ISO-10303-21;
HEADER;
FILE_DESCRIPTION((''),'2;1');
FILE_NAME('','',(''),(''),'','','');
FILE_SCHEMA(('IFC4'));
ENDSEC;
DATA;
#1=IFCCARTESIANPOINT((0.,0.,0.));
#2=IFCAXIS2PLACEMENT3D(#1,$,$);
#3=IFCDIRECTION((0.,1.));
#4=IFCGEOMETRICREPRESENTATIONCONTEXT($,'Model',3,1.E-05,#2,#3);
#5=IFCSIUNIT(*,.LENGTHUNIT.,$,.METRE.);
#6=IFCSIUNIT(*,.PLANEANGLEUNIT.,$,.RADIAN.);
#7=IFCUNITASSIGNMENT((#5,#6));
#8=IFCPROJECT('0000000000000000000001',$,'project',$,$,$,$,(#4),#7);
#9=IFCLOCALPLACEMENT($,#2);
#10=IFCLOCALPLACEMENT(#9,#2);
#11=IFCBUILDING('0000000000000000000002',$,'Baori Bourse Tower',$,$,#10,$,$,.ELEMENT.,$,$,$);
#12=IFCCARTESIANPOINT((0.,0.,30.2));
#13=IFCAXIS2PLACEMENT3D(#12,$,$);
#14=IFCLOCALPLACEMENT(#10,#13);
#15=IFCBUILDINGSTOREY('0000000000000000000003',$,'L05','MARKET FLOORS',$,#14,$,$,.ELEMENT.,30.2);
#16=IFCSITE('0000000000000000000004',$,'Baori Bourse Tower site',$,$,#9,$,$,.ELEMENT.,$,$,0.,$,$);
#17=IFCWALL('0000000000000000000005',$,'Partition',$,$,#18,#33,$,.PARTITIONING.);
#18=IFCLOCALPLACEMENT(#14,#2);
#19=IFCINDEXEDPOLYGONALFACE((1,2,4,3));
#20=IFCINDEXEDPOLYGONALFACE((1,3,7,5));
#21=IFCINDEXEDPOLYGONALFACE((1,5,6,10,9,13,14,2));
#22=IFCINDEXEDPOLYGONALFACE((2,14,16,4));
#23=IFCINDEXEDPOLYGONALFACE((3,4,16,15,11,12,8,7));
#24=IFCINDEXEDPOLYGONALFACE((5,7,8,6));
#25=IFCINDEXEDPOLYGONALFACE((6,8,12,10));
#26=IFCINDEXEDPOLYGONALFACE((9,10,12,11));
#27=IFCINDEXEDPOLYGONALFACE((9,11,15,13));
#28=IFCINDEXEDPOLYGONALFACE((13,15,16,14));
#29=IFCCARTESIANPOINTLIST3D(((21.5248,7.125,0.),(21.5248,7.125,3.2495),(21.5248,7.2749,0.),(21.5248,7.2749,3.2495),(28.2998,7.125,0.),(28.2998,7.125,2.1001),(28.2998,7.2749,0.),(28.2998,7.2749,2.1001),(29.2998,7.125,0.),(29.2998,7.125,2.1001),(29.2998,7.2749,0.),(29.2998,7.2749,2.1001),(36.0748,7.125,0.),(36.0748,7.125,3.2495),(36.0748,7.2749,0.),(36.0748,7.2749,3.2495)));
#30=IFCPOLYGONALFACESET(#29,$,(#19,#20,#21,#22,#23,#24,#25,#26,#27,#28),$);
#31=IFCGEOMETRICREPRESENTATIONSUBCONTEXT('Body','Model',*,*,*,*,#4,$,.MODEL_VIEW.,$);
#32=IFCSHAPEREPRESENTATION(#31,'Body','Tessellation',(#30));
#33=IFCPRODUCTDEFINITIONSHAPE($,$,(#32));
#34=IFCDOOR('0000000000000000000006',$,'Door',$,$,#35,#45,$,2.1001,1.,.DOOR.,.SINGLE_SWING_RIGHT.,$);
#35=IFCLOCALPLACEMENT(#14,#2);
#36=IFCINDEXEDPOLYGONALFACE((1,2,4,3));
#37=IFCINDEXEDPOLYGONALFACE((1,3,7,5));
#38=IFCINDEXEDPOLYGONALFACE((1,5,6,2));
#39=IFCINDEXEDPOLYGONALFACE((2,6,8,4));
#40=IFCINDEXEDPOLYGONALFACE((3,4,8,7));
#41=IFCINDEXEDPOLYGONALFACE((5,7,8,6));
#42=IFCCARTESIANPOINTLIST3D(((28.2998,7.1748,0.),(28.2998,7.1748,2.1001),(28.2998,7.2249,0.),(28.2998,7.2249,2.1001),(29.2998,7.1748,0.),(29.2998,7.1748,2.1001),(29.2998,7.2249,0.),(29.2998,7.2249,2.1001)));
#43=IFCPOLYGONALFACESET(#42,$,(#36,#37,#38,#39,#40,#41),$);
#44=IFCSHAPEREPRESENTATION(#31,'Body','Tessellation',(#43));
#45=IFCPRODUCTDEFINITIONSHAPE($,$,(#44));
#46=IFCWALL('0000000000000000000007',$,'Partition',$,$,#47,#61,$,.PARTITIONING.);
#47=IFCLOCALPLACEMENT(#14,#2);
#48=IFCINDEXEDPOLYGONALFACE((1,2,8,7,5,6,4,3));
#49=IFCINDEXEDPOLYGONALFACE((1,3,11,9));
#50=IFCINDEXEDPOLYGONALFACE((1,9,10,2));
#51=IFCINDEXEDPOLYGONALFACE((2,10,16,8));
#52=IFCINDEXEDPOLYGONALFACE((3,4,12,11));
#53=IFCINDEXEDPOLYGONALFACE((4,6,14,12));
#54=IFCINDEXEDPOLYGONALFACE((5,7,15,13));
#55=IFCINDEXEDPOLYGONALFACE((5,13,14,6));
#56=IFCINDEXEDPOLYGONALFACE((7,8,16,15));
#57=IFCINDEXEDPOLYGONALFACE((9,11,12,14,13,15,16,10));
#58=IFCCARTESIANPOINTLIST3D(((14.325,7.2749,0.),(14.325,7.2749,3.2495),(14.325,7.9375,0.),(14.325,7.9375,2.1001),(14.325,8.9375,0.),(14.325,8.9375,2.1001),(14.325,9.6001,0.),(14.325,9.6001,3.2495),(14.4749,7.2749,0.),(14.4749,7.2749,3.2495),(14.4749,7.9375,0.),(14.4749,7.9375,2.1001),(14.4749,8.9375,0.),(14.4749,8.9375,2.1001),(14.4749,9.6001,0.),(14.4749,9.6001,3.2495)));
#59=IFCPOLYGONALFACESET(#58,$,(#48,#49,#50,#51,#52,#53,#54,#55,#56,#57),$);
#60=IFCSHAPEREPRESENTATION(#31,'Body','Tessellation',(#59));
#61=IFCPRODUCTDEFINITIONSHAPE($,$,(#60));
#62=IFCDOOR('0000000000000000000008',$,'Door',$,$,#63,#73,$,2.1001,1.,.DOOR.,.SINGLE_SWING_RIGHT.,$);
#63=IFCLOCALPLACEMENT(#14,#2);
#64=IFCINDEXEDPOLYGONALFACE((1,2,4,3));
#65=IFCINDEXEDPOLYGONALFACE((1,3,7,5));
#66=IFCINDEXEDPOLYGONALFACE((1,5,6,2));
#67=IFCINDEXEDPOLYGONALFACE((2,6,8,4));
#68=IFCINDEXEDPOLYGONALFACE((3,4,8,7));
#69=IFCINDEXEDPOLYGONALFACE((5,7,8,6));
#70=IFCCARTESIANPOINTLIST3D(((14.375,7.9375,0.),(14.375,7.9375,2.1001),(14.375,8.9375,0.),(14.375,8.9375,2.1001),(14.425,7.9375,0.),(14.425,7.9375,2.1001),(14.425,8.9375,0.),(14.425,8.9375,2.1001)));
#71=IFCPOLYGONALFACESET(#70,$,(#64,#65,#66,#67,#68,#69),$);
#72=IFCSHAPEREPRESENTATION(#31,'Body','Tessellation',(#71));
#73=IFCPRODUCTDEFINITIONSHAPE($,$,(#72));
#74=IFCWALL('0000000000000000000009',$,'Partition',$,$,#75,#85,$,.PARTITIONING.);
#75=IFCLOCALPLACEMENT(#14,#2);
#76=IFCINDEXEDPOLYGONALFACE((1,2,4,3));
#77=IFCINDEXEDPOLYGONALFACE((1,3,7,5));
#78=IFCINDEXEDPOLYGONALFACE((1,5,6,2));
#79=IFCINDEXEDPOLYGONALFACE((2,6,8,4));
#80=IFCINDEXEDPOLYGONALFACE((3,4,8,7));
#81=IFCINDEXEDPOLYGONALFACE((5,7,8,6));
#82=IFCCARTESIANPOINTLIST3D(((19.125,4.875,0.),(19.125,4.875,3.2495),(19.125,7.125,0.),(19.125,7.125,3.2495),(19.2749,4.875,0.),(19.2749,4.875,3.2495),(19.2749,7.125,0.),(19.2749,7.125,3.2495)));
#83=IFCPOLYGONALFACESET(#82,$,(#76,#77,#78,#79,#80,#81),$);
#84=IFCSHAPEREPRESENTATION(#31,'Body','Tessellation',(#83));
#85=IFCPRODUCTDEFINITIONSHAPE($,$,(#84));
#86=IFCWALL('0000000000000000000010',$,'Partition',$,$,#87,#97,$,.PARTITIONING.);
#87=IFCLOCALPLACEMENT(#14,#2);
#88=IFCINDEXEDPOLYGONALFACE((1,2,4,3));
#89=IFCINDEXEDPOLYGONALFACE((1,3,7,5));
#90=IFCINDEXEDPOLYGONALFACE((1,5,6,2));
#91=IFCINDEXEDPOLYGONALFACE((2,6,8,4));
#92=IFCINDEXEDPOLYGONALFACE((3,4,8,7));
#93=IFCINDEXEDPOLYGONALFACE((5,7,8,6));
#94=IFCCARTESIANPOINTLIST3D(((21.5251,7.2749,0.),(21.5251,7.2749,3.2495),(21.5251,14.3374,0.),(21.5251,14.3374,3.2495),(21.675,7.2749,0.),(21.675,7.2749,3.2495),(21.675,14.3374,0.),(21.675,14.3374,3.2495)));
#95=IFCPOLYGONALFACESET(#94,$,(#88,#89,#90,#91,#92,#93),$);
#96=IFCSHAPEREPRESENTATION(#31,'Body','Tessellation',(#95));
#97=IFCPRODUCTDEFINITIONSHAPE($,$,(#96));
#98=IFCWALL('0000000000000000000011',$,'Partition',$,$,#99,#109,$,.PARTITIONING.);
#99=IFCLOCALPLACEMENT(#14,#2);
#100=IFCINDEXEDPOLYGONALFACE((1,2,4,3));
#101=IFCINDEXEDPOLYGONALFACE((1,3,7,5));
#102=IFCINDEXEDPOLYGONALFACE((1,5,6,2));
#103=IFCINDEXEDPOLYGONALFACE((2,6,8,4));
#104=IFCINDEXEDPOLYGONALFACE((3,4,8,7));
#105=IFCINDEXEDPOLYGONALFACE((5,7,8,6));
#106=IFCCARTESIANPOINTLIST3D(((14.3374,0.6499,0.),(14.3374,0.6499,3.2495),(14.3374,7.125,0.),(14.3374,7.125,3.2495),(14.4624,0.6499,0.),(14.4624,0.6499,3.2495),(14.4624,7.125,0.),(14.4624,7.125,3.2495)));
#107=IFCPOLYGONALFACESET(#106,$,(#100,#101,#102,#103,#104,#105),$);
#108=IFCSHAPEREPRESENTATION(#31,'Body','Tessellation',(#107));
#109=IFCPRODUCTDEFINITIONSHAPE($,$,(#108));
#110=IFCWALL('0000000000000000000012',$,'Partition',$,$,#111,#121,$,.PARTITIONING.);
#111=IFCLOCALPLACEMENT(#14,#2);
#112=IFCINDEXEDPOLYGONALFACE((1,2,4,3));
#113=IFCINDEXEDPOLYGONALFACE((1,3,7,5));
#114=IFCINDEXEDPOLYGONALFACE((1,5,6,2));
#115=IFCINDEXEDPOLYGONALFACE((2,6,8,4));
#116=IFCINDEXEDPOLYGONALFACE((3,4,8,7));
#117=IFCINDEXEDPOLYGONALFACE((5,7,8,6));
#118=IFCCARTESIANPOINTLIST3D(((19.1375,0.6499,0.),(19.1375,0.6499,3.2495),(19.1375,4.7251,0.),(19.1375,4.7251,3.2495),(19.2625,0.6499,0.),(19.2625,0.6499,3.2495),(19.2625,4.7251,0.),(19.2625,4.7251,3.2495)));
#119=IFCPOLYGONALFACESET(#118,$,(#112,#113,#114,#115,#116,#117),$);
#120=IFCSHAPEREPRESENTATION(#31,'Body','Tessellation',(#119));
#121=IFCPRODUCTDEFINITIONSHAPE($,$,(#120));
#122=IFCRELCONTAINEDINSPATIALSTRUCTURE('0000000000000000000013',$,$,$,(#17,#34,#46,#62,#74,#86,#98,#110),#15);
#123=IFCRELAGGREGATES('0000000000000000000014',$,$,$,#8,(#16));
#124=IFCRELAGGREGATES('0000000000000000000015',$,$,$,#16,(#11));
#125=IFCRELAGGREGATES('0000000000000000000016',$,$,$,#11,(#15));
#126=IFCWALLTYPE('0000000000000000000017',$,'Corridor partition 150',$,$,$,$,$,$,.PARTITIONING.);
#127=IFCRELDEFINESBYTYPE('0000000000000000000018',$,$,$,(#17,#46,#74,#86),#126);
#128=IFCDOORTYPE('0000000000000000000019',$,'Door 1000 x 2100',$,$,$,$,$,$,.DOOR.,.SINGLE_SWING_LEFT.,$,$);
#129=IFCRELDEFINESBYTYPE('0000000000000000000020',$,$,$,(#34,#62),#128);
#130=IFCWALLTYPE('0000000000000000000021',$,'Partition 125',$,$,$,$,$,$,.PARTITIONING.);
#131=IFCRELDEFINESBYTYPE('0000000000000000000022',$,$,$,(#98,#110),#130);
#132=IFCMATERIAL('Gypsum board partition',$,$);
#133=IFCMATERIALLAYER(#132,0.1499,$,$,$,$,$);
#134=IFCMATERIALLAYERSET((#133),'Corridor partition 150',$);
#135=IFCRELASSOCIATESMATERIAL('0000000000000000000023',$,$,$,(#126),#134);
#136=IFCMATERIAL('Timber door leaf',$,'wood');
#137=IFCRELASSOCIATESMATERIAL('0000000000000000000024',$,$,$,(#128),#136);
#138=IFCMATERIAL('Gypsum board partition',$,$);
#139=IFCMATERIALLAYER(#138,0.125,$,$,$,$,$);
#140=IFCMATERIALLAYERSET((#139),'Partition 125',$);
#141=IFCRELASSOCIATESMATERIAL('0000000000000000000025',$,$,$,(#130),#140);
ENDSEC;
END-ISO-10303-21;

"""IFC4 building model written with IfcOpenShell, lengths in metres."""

from ifc_helpers import new_model, si_unit, direction, frame, frame_2d, origin, place, context, subcontext, project, spatial, rectangle, extrude, material, layer, layer_set, type_object, element, fill, save


model = new_model("IFC4")

# Units and contexts
model_context = context("Model", 3, precision=1e-05, world=origin(), true_north=direction((0.0, 1.0)))
body_context = subcontext(model_context, "Body", "Model", "MODEL_VIEW")
ifc_project = project(units=[si_unit("LENGTHUNIT", "METRE"), si_unit("PLANEANGLEUNIT", "RADIAN")], contexts=[model_context])

# Site, building, storey
site_placement = place(None, origin())
site = spatial("IfcSite", under=ifc_project, at=site_placement, Name="Baori Bourse Tower site", CompositionType="ELEMENT", RefElevation=0.0)
building_placement = place(site_placement, origin())
building = spatial("IfcBuilding", under=site, at=building_placement, Name="Baori Bourse Tower", CompositionType="ELEMENT")
storey_placement = place(building_placement, frame((0.0, 0.0, 30.2)))
storey = spatial("IfcBuildingStorey", under=building, at=storey_placement, Name="L05", Description="MARKET FLOORS", CompositionType="ELEMENT", Elevation=30.2)

# Walls, openings, doors
ifc_material_1 = material(Name="Gypsum board partition")
ifc_layer_1 = layer(ifc_material_1, 0.1499)
ifc_layer_set_1 = layer_set([ifc_layer_1], Name="Corridor partition 150")
wall_type_1 = type_object("IfcWallType", Name="Corridor partition 150", PredefinedType="PARTITIONING", material=ifc_layer_set_1)
ifc_material_2 = material(Name="Timber door leaf", Category="wood")
door_type = type_object("IfcDoorType", Name="Door 1000 x 2100", OperationType="SINGLE_SWING_LEFT", PredefinedType="DOOR", material=ifc_material_2)
wall_1_placement = place(storey_placement, frame((21.5249, 7.2, 0.0), z_axis=(0.0, 0.0, 1.0), x_axis=(1.0, 0.0, 0.0)))
wall_1 = element("IfcWall", 1, at=wall_1_placement, inside=storey, type_object=wall_type_1, Name="Partition", PredefinedType="PARTITIONING", context=body_context, shape_type="SweptSolid", body=[
    extrude(rectangle(XDim=14.55, YDim=0.1499, at=frame_2d((7.2749, 0.0))), origin(), (0.0, 0.0, 1.0), 3.2495),
])
opening_1_placement = place(wall_1_placement, frame((6.7749, 0.0, 0.0)))
opening_1 = element("IfcOpeningElement", 2, at=opening_1_placement, cuts=wall_1, PredefinedType="OPENING", context=body_context, shape_type="SweptSolid", body=[
    extrude(rectangle(XDim=1.0, YDim=2.1001, at=frame_2d((0.5, 1.05))), frame((0.0, 0.085, 0.0), z_axis=(0.0, -1.0, 0.0), x_axis=(1.0, 0.0, 0.0)), (0.0, 0.0, 1.0), 0.1699),
])
door_1_placement = place(opening_1_placement, origin())
door_1 = element("IfcDoor", 3, at=door_1_placement, inside=storey, type_object=door_type, Name="Door", OperationType="SINGLE_SWING_RIGHT", OverallHeight=2.1001, OverallWidth=1.0, PredefinedType="DOOR", context=body_context, shape_type="SweptSolid", body=[
    extrude(rectangle(XDim=1.0, YDim=2.1001, at=frame_2d((0.5, 1.05))), frame((0.0, 0.0249, 0.0), z_axis=(0.0, -1.0, 0.0), x_axis=(1.0, 0.0, 0.0)), (0.0, 0.0, 1.0), 0.05),
])
fill(opening_1, door_1)
wall_2_placement = place(storey_placement, frame((14.3999, 7.2749, 0.0), z_axis=(0.0, 0.0, 1.0), x_axis=(0.0, 1.0, 0.0)))
wall_2 = element("IfcWall", 4, at=wall_2_placement, inside=storey, type_object=wall_type_1, Name="Partition", PredefinedType="PARTITIONING", context=body_context, shape_type="SweptSolid", body=[
    extrude(rectangle(XDim=2.3252, YDim=0.1499, at=frame_2d((1.1626, 0.0))), origin(), (0.0, 0.0, 1.0), 3.2495),
])
opening_2_placement = place(wall_2_placement, frame((0.6626, 0.0, 0.0)))
opening_2 = element("IfcOpeningElement", 5, at=opening_2_placement, cuts=wall_2, PredefinedType="OPENING", context=body_context, shape_type="SweptSolid", body=[
    extrude(rectangle(XDim=1.0, YDim=2.1001, at=frame_2d((0.5, 1.05))), frame((0.0, 0.085, 0.0), z_axis=(0.0, -1.0, 0.0), x_axis=(1.0, 0.0, 0.0)), (0.0, 0.0, 1.0), 0.1699),
])
door_2_placement = place(opening_2_placement, origin())
door_2 = element("IfcDoor", 6, at=door_2_placement, inside=storey, type_object=door_type, Name="Door", OperationType="SINGLE_SWING_RIGHT", OverallHeight=2.1001, OverallWidth=1.0, PredefinedType="DOOR", context=body_context, shape_type="SweptSolid", body=[
    extrude(rectangle(XDim=1.0, YDim=2.1001, at=frame_2d((0.5, 1.05))), frame((0.0, 0.0249, 0.0), z_axis=(0.0, -1.0, 0.0), x_axis=(1.0, 0.0, 0.0)), (0.0, 0.0, 1.0), 0.05),
])
fill(opening_2, door_2)

# Walls
wall_3_placement = place(storey_placement, frame((19.2, 4.875, 0.0), z_axis=(0.0, 0.0, 1.0), x_axis=(0.0, 1.0, 0.0)))
element("IfcWall", 7, at=wall_3_placement, inside=storey, type_object=wall_type_1, Name="Partition", PredefinedType="PARTITIONING", context=body_context, shape_type="SweptSolid", body=[
    extrude(rectangle(XDim=2.25, YDim=0.1499, at=frame_2d((1.125, 0.0))), origin(), (0.0, 0.0, 1.0), 3.2495),
])
wall_4_placement = place(storey_placement, frame((21.6001, 7.2749, 0.0), z_axis=(0.0, 0.0, 1.0), x_axis=(0.0, 1.0, 0.0)))
element("IfcWall", 8, at=wall_4_placement, inside=storey, type_object=wall_type_1, Name="Partition", PredefinedType="PARTITIONING", context=body_context, shape_type="SweptSolid", body=[
    extrude(rectangle(XDim=7.0625, YDim=0.1499, at=frame_2d((3.5312, 0.0))), origin(), (0.0, 0.0, 1.0), 3.2495),
])
ifc_material_3 = material(Name="Gypsum board partition")
ifc_layer_2 = layer(ifc_material_3, 0.125)
ifc_layer_set_2 = layer_set([ifc_layer_2], Name="Partition 125")
wall_type_2 = type_object("IfcWallType", Name="Partition 125", PredefinedType="PARTITIONING", material=ifc_layer_set_2)
wall_5_placement = place(storey_placement, frame((14.3999, 0.6499, 0.0), z_axis=(0.0, 0.0, 1.0), x_axis=(0.0, 1.0, 0.0)))
element("IfcWall", 9, at=wall_5_placement, inside=storey, type_object=wall_type_2, Name="Partition", PredefinedType="PARTITIONING", context=body_context, shape_type="SweptSolid", body=[
    extrude(rectangle(XDim=6.4751, YDim=0.125, at=frame_2d((3.2375, 0.0))), origin(), (0.0, 0.0, 1.0), 3.2495),
])
wall_6_placement = place(storey_placement, frame((19.2, 0.6499, 0.0), z_axis=(0.0, 0.0, 1.0), x_axis=(0.0, 1.0, 0.0)))
element("IfcWall", 10, at=wall_6_placement, inside=storey, type_object=wall_type_2, Name="Partition", PredefinedType="PARTITIONING", context=body_context, shape_type="SweptSolid", body=[
    extrude(rectangle(XDim=4.0752, YDim=0.125, at=frame_2d((2.0376, 0.0))), origin(), (0.0, 0.0, 1.0), 3.2495),
])

save(model, "model.ifc")
